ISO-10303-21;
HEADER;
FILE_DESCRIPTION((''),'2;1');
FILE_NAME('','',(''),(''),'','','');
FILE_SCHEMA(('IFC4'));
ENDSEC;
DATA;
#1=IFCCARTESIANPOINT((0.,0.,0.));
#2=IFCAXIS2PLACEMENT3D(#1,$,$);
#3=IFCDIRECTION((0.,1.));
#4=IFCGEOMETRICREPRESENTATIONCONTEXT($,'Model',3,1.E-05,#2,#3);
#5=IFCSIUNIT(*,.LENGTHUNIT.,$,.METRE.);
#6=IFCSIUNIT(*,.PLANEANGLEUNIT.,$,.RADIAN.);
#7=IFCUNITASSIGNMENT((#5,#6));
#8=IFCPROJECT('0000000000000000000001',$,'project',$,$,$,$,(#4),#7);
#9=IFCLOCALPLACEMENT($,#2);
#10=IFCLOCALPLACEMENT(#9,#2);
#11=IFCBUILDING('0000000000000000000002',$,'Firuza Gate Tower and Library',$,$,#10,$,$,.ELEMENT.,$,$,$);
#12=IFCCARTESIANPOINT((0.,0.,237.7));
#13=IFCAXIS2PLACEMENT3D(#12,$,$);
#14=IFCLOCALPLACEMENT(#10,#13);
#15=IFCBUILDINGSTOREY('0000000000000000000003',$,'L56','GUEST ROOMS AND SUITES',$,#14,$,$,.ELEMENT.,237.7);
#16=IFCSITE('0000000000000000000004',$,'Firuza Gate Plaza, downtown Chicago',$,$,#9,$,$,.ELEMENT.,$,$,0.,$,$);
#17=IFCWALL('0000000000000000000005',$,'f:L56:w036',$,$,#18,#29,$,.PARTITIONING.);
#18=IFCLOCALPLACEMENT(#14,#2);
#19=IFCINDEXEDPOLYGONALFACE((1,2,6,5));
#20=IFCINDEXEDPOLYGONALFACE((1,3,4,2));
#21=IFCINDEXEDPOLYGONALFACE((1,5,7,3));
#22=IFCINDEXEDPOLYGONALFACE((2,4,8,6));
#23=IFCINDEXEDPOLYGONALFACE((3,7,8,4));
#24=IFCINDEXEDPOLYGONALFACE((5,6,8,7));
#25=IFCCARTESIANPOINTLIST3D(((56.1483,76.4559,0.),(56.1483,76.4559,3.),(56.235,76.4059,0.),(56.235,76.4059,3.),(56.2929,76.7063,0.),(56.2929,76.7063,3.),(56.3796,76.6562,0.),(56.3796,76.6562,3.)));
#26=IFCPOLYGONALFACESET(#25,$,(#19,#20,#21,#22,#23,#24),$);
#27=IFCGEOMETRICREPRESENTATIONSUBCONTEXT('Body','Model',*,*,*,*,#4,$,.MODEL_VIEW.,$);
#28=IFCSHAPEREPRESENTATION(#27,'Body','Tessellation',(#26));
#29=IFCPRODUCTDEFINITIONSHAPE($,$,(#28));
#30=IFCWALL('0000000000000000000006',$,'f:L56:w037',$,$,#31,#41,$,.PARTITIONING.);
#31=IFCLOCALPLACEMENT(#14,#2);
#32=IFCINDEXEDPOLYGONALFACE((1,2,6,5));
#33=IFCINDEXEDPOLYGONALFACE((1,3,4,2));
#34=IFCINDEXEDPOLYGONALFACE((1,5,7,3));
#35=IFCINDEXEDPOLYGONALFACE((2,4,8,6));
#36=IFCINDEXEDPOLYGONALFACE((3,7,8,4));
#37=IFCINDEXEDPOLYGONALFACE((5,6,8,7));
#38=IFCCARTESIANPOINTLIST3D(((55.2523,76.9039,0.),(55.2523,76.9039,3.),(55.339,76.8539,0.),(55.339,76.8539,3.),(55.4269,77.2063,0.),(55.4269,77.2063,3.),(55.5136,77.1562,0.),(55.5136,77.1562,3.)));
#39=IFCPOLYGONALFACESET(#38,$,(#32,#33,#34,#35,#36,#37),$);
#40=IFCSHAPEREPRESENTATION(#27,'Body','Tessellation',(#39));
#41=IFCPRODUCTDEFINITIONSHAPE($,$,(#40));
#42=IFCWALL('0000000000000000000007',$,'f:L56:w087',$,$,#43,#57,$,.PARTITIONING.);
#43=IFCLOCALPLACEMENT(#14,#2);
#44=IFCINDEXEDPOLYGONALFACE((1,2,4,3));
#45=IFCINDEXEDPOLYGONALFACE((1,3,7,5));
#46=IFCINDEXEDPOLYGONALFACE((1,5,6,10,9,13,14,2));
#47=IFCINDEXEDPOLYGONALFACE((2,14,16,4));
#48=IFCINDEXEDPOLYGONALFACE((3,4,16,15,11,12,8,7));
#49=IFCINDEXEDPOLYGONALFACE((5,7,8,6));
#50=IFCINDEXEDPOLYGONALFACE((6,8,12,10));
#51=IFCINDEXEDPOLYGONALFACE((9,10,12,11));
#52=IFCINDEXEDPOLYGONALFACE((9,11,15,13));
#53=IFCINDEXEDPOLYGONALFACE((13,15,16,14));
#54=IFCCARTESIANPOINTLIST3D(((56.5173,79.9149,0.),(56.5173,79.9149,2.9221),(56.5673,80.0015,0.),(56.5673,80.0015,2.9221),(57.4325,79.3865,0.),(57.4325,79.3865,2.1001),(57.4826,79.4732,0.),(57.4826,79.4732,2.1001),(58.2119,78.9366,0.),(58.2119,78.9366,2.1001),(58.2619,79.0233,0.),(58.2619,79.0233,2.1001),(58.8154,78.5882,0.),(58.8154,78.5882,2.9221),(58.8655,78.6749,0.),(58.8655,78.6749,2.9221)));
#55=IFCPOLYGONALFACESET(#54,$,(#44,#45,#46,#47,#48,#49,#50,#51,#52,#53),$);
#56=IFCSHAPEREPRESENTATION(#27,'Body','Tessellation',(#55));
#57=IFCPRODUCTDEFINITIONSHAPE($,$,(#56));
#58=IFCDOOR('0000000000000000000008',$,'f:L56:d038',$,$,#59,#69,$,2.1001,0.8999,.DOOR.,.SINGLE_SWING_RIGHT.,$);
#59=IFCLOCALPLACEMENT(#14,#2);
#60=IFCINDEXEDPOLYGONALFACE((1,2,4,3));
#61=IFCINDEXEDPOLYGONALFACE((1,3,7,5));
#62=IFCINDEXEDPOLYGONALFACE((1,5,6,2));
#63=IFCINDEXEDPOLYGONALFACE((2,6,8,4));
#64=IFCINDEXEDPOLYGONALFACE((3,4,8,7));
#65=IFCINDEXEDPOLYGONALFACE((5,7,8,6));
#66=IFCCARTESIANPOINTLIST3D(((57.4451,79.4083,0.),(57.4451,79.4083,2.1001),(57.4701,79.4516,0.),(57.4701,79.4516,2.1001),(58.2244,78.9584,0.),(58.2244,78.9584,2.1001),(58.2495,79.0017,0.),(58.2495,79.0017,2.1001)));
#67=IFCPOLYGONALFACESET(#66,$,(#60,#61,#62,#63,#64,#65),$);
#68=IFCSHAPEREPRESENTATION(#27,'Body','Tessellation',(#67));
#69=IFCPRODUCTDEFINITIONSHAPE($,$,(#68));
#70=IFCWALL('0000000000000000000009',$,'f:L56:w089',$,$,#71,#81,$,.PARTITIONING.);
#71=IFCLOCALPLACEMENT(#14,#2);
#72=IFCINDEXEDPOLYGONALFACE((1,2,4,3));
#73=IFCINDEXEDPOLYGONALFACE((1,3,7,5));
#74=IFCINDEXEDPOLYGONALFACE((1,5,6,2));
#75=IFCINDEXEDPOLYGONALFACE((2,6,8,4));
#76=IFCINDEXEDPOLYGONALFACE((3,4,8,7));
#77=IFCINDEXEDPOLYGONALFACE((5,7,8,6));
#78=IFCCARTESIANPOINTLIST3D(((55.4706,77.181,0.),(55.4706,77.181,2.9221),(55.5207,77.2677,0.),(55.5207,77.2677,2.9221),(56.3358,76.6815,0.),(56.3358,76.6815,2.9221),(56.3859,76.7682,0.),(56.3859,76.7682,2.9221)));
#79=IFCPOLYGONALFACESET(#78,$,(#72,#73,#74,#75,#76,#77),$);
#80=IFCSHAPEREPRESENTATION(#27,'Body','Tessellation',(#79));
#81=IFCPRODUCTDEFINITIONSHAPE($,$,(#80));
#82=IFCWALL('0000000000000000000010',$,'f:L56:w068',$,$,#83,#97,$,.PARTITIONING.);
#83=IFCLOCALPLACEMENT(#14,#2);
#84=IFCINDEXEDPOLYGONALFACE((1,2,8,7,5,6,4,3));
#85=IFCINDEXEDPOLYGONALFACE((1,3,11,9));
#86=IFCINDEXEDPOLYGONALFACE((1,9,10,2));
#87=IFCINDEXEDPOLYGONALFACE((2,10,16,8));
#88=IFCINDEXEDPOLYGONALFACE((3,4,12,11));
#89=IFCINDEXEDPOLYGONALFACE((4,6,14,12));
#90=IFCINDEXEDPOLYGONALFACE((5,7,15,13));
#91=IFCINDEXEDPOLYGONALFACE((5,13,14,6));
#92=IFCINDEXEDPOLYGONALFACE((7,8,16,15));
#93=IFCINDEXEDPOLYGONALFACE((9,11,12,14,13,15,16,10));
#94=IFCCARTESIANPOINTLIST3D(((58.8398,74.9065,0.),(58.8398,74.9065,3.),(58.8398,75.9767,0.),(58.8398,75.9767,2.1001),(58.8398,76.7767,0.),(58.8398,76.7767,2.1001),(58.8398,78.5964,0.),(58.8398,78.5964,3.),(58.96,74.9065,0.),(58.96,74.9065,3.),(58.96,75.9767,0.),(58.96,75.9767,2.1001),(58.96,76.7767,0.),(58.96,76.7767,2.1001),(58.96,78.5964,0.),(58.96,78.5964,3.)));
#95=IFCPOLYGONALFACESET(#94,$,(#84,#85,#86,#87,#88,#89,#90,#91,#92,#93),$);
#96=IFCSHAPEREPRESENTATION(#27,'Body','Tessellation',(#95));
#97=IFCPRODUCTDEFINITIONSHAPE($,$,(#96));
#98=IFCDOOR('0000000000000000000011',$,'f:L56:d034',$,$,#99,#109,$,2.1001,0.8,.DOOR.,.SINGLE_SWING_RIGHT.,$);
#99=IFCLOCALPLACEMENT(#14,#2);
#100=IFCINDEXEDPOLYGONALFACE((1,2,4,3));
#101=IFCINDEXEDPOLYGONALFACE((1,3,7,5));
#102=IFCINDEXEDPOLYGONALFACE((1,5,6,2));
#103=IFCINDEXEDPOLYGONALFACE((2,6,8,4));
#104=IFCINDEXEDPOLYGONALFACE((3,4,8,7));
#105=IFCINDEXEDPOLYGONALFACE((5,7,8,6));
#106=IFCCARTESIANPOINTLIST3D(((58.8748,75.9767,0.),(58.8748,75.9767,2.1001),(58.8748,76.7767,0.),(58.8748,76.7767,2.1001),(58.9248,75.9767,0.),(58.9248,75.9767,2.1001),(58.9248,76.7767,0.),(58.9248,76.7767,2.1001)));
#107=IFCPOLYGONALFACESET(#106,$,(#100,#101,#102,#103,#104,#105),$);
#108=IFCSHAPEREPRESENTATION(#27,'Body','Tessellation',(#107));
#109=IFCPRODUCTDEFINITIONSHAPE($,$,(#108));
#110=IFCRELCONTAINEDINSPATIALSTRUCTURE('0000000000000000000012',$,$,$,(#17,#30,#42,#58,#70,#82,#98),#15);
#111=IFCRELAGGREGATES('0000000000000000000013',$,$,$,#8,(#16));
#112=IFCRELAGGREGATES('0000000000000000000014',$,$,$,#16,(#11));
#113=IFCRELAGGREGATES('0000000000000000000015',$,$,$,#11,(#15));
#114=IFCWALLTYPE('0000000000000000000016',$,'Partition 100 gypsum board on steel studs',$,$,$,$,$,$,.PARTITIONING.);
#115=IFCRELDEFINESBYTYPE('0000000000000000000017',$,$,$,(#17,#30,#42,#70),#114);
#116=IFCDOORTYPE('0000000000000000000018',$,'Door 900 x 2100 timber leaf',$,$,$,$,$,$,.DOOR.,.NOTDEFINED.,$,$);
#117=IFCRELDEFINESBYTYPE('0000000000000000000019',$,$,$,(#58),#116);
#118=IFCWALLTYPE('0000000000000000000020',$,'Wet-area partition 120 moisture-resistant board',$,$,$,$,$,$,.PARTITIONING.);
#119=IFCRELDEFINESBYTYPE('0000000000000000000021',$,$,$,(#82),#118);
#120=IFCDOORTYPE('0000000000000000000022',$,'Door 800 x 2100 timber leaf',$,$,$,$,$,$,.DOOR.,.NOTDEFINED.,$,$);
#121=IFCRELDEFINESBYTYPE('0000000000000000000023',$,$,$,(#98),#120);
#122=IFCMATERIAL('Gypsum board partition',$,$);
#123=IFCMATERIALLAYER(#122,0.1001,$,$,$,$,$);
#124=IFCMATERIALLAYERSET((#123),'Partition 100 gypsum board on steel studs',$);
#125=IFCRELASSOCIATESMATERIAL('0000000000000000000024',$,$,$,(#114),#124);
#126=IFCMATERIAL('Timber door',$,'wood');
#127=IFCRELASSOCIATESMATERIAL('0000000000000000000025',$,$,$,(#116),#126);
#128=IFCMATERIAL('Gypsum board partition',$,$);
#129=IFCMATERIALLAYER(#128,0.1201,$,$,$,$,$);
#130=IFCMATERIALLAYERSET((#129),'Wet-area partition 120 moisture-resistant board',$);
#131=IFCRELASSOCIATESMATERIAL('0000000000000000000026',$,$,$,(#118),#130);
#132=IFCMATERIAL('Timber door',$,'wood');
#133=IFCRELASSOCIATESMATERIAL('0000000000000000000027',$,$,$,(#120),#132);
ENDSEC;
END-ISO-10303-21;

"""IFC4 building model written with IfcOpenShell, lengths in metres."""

from ifc_helpers import new_model, si_unit, direction, frame, frame_2d, origin, place, context, subcontext, project, spatial, rectangle, extrude, material, layer, layer_set, type_object, element, fill, save


model = new_model("IFC4")

# Units and contexts
model_context = context("Model", 3, precision=1e-05, world=origin(), true_north=direction((0.0, 1.0)))
body_context = subcontext(model_context, "Body", "Model", "MODEL_VIEW")
ifc_project = project(units=[si_unit("LENGTHUNIT", "METRE"), si_unit("PLANEANGLEUNIT", "RADIAN")], contexts=[model_context])

# Site, building, storey
site_placement = place(None, origin())
site = spatial("IfcSite", under=ifc_project, at=site_placement, Name="Firuza Gate Plaza, downtown Chicago", CompositionType="ELEMENT", RefElevation=0.0)
building_placement = place(site_placement, origin())
building = spatial("IfcBuilding", under=site, at=building_placement, Name="Firuza Gate Tower and Library", CompositionType="ELEMENT")
storey_placement = place(building_placement, frame((0.0, 0.0, 237.7)))
storey = spatial("IfcBuildingStorey", under=building, at=storey_placement, Name="L56", Description="GUEST ROOMS AND SUITES", CompositionType="ELEMENT", Elevation=237.7)

# Walls
ifc_material_1 = material(Name="Gypsum board partition")
ifc_layer_1 = layer(ifc_material_1, 0.1001)
ifc_layer_set_1 = layer_set([ifc_layer_1], Name="Partition 100 gypsum board on steel studs")
wall_type_1 = type_object("IfcWallType", Name="Partition 100 gypsum board on steel studs", PredefinedType="PARTITIONING", material=ifc_layer_set_1)
wall_1_placement = place(storey_placement, frame((56.1917, 76.4309, 0.0), z_axis=(0.0, 0.0, 1.0), x_axis=(0.500137, 0.865946, 0.0)))
element("IfcWall", 1, at=wall_1_placement, inside=storey, type_object=wall_type_1, Name="f:L56:w036", PredefinedType="PARTITIONING", context=body_context, shape_type="SweptSolid", body=[
    extrude(rectangle(XDim=0.2891, YDim=0.1001, at=frame_2d((0.1445, 0.0))), origin(), (0.0, 0.0, 1.0), 3.0),
])
wall_2_placement = place(storey_placement, frame((55.2957, 76.8789, 0.0), z_axis=(0.0, 0.0, 1.0), x_axis=(0.500126, 0.865953, 0.0)))
element("IfcWall", 2, at=wall_2_placement, inside=storey, type_object=wall_type_1, Name="f:L56:w037", PredefinedType="PARTITIONING", context=body_context, shape_type="SweptSolid", body=[
    extrude(rectangle(XDim=0.3491, YDim=0.1001, at=frame_2d((0.1746, 0.0))), origin(), (0.0, 0.0, 1.0), 3.0),
])

# Wall, opening, door
wall_3_placement = place(storey_placement, frame((58.8403, 78.6316, 0.0), z_axis=(0.0, 0.0, 1.0), x_axis=(-0.866049, 0.499959, 0.0)))
wall_3 = element("IfcWall", 3, at=wall_3_placement, inside=storey, type_object=wall_type_1, Name="f:L56:w087", PredefinedType="PARTITIONING", context=body_context, shape_type="SweptSolid", body=[
    extrude(rectangle(XDim=2.6536, YDim=0.1001, at=frame_2d((1.3267, 0.0))), origin(), (0.0, 0.0, 1.0), 2.9221),
])
opening_1_placement = place(wall_3_placement, frame((0.6968, 0.0, 0.0)))
opening_1 = element("IfcOpeningElement", 4, at=opening_1_placement, cuts=wall_3, PredefinedType="OPENING", context=body_context, shape_type="SweptSolid", body=[
    extrude(rectangle(XDim=0.8999, YDim=2.1001, at=frame_2d((0.45, 1.05))), frame((0.0, 0.0601, 0.0), z_axis=(0.0, -1.0, 0.0), x_axis=(1.0, 0.0, 0.0)), (0.0, 0.0, 1.0), 0.1201),
])
ifc_material_2 = material(Name="Timber door", Category="wood")
door_type_1 = type_object("IfcDoorType", Name="Door 900 x 2100 timber leaf", OperationType="NOTDEFINED", PredefinedType="DOOR", material=ifc_material_2)
door_1_placement = place(opening_1_placement, origin())
door_1 = element("IfcDoor", 5, at=door_1_placement, inside=storey, type_object=door_type_1, Name="f:L56:d038", OperationType="SINGLE_SWING_RIGHT", OverallHeight=2.1001, OverallWidth=0.8999, PredefinedType="DOOR", context=body_context, shape_type="SweptSolid", body=[
    extrude(rectangle(XDim=0.8999, YDim=2.1001, at=frame_2d((0.45, 1.05))), frame((0.0, 0.0249, 0.0), z_axis=(0.0, -1.0, 0.0), x_axis=(1.0, 0.0, 0.0)), (0.0, 0.0, 1.0), 0.05),
])
fill(opening_1, door_1)

# Wall
wall_4_placement = place(storey_placement, frame((56.3608, 76.7249, 0.0), z_axis=(0.0, 0.0, 1.0), x_axis=(-0.866039, 0.499976, 0.0)))
element("IfcWall", 6, at=wall_4_placement, inside=storey, type_object=wall_type_1, Name="f:L56:w089", PredefinedType="PARTITIONING", context=body_context, shape_type="SweptSolid", body=[
    extrude(rectangle(XDim=0.999, YDim=0.1001, at=frame_2d((0.4995, 0.0))), origin(), (0.0, 0.0, 1.0), 2.9221),
])

# Wall, opening, door
ifc_material_3 = material(Name="Gypsum board partition")
ifc_layer_2 = layer(ifc_material_3, 0.1201)
ifc_layer_set_2 = layer_set([ifc_layer_2], Name="Wet-area partition 120 moisture-resistant board")
wall_type_2 = type_object("IfcWallType", Name="Wet-area partition 120 moisture-resistant board", PredefinedType="PARTITIONING", material=ifc_layer_set_2)
wall_5_placement = place(storey_placement, frame((58.8999, 78.5964, 0.0), z_axis=(0.0, 0.0, 1.0), x_axis=(0.0, -1.0, 0.0)))
wall_5 = element("IfcWall", 7, at=wall_5_placement, inside=storey, type_object=wall_type_2, Name="f:L56:w068", PredefinedType="PARTITIONING", context=body_context, shape_type="SweptSolid", body=[
    extrude(rectangle(XDim=3.6899, YDim=0.1201, at=frame_2d((1.845, 0.0))), origin(), (0.0, 0.0, 1.0), 3.0),
])
opening_2_placement = place(wall_5_placement, frame((1.8198, 0.0, 0.0)))
opening_2 = element("IfcOpeningElement", 8, at=opening_2_placement, cuts=wall_5, PredefinedType="OPENING", context=body_context, shape_type="SweptSolid", body=[
    extrude(rectangle(XDim=0.8, YDim=2.1001, at=frame_2d((0.3999, 1.05))), frame((0.0, 0.0701, 0.0), z_axis=(0.0, -1.0, 0.0), x_axis=(1.0, 0.0, 0.0)), (0.0, 0.0, 1.0), 0.1401),
])
ifc_material_4 = material(Name="Timber door", Category="wood")
door_type_2 = type_object("IfcDoorType", Name="Door 800 x 2100 timber leaf", OperationType="NOTDEFINED", PredefinedType="DOOR", material=ifc_material_4)
door_2_placement = place(opening_2_placement, origin())
door_2 = element("IfcDoor", 9, at=door_2_placement, inside=storey, type_object=door_type_2, Name="f:L56:d034", OperationType="SINGLE_SWING_RIGHT", OverallHeight=2.1001, OverallWidth=0.8, PredefinedType="DOOR", context=body_context, shape_type="SweptSolid", body=[
    extrude(rectangle(XDim=0.8, YDim=2.1001, at=frame_2d((0.3999, 1.05))), frame((0.0, 0.0249, 0.0), z_axis=(0.0, -1.0, 0.0), x_axis=(1.0, 0.0, 0.0)), (0.0, 0.0, 1.0), 0.05),
])
fill(opening_2, door_2)

save(model, "model.ifc")
